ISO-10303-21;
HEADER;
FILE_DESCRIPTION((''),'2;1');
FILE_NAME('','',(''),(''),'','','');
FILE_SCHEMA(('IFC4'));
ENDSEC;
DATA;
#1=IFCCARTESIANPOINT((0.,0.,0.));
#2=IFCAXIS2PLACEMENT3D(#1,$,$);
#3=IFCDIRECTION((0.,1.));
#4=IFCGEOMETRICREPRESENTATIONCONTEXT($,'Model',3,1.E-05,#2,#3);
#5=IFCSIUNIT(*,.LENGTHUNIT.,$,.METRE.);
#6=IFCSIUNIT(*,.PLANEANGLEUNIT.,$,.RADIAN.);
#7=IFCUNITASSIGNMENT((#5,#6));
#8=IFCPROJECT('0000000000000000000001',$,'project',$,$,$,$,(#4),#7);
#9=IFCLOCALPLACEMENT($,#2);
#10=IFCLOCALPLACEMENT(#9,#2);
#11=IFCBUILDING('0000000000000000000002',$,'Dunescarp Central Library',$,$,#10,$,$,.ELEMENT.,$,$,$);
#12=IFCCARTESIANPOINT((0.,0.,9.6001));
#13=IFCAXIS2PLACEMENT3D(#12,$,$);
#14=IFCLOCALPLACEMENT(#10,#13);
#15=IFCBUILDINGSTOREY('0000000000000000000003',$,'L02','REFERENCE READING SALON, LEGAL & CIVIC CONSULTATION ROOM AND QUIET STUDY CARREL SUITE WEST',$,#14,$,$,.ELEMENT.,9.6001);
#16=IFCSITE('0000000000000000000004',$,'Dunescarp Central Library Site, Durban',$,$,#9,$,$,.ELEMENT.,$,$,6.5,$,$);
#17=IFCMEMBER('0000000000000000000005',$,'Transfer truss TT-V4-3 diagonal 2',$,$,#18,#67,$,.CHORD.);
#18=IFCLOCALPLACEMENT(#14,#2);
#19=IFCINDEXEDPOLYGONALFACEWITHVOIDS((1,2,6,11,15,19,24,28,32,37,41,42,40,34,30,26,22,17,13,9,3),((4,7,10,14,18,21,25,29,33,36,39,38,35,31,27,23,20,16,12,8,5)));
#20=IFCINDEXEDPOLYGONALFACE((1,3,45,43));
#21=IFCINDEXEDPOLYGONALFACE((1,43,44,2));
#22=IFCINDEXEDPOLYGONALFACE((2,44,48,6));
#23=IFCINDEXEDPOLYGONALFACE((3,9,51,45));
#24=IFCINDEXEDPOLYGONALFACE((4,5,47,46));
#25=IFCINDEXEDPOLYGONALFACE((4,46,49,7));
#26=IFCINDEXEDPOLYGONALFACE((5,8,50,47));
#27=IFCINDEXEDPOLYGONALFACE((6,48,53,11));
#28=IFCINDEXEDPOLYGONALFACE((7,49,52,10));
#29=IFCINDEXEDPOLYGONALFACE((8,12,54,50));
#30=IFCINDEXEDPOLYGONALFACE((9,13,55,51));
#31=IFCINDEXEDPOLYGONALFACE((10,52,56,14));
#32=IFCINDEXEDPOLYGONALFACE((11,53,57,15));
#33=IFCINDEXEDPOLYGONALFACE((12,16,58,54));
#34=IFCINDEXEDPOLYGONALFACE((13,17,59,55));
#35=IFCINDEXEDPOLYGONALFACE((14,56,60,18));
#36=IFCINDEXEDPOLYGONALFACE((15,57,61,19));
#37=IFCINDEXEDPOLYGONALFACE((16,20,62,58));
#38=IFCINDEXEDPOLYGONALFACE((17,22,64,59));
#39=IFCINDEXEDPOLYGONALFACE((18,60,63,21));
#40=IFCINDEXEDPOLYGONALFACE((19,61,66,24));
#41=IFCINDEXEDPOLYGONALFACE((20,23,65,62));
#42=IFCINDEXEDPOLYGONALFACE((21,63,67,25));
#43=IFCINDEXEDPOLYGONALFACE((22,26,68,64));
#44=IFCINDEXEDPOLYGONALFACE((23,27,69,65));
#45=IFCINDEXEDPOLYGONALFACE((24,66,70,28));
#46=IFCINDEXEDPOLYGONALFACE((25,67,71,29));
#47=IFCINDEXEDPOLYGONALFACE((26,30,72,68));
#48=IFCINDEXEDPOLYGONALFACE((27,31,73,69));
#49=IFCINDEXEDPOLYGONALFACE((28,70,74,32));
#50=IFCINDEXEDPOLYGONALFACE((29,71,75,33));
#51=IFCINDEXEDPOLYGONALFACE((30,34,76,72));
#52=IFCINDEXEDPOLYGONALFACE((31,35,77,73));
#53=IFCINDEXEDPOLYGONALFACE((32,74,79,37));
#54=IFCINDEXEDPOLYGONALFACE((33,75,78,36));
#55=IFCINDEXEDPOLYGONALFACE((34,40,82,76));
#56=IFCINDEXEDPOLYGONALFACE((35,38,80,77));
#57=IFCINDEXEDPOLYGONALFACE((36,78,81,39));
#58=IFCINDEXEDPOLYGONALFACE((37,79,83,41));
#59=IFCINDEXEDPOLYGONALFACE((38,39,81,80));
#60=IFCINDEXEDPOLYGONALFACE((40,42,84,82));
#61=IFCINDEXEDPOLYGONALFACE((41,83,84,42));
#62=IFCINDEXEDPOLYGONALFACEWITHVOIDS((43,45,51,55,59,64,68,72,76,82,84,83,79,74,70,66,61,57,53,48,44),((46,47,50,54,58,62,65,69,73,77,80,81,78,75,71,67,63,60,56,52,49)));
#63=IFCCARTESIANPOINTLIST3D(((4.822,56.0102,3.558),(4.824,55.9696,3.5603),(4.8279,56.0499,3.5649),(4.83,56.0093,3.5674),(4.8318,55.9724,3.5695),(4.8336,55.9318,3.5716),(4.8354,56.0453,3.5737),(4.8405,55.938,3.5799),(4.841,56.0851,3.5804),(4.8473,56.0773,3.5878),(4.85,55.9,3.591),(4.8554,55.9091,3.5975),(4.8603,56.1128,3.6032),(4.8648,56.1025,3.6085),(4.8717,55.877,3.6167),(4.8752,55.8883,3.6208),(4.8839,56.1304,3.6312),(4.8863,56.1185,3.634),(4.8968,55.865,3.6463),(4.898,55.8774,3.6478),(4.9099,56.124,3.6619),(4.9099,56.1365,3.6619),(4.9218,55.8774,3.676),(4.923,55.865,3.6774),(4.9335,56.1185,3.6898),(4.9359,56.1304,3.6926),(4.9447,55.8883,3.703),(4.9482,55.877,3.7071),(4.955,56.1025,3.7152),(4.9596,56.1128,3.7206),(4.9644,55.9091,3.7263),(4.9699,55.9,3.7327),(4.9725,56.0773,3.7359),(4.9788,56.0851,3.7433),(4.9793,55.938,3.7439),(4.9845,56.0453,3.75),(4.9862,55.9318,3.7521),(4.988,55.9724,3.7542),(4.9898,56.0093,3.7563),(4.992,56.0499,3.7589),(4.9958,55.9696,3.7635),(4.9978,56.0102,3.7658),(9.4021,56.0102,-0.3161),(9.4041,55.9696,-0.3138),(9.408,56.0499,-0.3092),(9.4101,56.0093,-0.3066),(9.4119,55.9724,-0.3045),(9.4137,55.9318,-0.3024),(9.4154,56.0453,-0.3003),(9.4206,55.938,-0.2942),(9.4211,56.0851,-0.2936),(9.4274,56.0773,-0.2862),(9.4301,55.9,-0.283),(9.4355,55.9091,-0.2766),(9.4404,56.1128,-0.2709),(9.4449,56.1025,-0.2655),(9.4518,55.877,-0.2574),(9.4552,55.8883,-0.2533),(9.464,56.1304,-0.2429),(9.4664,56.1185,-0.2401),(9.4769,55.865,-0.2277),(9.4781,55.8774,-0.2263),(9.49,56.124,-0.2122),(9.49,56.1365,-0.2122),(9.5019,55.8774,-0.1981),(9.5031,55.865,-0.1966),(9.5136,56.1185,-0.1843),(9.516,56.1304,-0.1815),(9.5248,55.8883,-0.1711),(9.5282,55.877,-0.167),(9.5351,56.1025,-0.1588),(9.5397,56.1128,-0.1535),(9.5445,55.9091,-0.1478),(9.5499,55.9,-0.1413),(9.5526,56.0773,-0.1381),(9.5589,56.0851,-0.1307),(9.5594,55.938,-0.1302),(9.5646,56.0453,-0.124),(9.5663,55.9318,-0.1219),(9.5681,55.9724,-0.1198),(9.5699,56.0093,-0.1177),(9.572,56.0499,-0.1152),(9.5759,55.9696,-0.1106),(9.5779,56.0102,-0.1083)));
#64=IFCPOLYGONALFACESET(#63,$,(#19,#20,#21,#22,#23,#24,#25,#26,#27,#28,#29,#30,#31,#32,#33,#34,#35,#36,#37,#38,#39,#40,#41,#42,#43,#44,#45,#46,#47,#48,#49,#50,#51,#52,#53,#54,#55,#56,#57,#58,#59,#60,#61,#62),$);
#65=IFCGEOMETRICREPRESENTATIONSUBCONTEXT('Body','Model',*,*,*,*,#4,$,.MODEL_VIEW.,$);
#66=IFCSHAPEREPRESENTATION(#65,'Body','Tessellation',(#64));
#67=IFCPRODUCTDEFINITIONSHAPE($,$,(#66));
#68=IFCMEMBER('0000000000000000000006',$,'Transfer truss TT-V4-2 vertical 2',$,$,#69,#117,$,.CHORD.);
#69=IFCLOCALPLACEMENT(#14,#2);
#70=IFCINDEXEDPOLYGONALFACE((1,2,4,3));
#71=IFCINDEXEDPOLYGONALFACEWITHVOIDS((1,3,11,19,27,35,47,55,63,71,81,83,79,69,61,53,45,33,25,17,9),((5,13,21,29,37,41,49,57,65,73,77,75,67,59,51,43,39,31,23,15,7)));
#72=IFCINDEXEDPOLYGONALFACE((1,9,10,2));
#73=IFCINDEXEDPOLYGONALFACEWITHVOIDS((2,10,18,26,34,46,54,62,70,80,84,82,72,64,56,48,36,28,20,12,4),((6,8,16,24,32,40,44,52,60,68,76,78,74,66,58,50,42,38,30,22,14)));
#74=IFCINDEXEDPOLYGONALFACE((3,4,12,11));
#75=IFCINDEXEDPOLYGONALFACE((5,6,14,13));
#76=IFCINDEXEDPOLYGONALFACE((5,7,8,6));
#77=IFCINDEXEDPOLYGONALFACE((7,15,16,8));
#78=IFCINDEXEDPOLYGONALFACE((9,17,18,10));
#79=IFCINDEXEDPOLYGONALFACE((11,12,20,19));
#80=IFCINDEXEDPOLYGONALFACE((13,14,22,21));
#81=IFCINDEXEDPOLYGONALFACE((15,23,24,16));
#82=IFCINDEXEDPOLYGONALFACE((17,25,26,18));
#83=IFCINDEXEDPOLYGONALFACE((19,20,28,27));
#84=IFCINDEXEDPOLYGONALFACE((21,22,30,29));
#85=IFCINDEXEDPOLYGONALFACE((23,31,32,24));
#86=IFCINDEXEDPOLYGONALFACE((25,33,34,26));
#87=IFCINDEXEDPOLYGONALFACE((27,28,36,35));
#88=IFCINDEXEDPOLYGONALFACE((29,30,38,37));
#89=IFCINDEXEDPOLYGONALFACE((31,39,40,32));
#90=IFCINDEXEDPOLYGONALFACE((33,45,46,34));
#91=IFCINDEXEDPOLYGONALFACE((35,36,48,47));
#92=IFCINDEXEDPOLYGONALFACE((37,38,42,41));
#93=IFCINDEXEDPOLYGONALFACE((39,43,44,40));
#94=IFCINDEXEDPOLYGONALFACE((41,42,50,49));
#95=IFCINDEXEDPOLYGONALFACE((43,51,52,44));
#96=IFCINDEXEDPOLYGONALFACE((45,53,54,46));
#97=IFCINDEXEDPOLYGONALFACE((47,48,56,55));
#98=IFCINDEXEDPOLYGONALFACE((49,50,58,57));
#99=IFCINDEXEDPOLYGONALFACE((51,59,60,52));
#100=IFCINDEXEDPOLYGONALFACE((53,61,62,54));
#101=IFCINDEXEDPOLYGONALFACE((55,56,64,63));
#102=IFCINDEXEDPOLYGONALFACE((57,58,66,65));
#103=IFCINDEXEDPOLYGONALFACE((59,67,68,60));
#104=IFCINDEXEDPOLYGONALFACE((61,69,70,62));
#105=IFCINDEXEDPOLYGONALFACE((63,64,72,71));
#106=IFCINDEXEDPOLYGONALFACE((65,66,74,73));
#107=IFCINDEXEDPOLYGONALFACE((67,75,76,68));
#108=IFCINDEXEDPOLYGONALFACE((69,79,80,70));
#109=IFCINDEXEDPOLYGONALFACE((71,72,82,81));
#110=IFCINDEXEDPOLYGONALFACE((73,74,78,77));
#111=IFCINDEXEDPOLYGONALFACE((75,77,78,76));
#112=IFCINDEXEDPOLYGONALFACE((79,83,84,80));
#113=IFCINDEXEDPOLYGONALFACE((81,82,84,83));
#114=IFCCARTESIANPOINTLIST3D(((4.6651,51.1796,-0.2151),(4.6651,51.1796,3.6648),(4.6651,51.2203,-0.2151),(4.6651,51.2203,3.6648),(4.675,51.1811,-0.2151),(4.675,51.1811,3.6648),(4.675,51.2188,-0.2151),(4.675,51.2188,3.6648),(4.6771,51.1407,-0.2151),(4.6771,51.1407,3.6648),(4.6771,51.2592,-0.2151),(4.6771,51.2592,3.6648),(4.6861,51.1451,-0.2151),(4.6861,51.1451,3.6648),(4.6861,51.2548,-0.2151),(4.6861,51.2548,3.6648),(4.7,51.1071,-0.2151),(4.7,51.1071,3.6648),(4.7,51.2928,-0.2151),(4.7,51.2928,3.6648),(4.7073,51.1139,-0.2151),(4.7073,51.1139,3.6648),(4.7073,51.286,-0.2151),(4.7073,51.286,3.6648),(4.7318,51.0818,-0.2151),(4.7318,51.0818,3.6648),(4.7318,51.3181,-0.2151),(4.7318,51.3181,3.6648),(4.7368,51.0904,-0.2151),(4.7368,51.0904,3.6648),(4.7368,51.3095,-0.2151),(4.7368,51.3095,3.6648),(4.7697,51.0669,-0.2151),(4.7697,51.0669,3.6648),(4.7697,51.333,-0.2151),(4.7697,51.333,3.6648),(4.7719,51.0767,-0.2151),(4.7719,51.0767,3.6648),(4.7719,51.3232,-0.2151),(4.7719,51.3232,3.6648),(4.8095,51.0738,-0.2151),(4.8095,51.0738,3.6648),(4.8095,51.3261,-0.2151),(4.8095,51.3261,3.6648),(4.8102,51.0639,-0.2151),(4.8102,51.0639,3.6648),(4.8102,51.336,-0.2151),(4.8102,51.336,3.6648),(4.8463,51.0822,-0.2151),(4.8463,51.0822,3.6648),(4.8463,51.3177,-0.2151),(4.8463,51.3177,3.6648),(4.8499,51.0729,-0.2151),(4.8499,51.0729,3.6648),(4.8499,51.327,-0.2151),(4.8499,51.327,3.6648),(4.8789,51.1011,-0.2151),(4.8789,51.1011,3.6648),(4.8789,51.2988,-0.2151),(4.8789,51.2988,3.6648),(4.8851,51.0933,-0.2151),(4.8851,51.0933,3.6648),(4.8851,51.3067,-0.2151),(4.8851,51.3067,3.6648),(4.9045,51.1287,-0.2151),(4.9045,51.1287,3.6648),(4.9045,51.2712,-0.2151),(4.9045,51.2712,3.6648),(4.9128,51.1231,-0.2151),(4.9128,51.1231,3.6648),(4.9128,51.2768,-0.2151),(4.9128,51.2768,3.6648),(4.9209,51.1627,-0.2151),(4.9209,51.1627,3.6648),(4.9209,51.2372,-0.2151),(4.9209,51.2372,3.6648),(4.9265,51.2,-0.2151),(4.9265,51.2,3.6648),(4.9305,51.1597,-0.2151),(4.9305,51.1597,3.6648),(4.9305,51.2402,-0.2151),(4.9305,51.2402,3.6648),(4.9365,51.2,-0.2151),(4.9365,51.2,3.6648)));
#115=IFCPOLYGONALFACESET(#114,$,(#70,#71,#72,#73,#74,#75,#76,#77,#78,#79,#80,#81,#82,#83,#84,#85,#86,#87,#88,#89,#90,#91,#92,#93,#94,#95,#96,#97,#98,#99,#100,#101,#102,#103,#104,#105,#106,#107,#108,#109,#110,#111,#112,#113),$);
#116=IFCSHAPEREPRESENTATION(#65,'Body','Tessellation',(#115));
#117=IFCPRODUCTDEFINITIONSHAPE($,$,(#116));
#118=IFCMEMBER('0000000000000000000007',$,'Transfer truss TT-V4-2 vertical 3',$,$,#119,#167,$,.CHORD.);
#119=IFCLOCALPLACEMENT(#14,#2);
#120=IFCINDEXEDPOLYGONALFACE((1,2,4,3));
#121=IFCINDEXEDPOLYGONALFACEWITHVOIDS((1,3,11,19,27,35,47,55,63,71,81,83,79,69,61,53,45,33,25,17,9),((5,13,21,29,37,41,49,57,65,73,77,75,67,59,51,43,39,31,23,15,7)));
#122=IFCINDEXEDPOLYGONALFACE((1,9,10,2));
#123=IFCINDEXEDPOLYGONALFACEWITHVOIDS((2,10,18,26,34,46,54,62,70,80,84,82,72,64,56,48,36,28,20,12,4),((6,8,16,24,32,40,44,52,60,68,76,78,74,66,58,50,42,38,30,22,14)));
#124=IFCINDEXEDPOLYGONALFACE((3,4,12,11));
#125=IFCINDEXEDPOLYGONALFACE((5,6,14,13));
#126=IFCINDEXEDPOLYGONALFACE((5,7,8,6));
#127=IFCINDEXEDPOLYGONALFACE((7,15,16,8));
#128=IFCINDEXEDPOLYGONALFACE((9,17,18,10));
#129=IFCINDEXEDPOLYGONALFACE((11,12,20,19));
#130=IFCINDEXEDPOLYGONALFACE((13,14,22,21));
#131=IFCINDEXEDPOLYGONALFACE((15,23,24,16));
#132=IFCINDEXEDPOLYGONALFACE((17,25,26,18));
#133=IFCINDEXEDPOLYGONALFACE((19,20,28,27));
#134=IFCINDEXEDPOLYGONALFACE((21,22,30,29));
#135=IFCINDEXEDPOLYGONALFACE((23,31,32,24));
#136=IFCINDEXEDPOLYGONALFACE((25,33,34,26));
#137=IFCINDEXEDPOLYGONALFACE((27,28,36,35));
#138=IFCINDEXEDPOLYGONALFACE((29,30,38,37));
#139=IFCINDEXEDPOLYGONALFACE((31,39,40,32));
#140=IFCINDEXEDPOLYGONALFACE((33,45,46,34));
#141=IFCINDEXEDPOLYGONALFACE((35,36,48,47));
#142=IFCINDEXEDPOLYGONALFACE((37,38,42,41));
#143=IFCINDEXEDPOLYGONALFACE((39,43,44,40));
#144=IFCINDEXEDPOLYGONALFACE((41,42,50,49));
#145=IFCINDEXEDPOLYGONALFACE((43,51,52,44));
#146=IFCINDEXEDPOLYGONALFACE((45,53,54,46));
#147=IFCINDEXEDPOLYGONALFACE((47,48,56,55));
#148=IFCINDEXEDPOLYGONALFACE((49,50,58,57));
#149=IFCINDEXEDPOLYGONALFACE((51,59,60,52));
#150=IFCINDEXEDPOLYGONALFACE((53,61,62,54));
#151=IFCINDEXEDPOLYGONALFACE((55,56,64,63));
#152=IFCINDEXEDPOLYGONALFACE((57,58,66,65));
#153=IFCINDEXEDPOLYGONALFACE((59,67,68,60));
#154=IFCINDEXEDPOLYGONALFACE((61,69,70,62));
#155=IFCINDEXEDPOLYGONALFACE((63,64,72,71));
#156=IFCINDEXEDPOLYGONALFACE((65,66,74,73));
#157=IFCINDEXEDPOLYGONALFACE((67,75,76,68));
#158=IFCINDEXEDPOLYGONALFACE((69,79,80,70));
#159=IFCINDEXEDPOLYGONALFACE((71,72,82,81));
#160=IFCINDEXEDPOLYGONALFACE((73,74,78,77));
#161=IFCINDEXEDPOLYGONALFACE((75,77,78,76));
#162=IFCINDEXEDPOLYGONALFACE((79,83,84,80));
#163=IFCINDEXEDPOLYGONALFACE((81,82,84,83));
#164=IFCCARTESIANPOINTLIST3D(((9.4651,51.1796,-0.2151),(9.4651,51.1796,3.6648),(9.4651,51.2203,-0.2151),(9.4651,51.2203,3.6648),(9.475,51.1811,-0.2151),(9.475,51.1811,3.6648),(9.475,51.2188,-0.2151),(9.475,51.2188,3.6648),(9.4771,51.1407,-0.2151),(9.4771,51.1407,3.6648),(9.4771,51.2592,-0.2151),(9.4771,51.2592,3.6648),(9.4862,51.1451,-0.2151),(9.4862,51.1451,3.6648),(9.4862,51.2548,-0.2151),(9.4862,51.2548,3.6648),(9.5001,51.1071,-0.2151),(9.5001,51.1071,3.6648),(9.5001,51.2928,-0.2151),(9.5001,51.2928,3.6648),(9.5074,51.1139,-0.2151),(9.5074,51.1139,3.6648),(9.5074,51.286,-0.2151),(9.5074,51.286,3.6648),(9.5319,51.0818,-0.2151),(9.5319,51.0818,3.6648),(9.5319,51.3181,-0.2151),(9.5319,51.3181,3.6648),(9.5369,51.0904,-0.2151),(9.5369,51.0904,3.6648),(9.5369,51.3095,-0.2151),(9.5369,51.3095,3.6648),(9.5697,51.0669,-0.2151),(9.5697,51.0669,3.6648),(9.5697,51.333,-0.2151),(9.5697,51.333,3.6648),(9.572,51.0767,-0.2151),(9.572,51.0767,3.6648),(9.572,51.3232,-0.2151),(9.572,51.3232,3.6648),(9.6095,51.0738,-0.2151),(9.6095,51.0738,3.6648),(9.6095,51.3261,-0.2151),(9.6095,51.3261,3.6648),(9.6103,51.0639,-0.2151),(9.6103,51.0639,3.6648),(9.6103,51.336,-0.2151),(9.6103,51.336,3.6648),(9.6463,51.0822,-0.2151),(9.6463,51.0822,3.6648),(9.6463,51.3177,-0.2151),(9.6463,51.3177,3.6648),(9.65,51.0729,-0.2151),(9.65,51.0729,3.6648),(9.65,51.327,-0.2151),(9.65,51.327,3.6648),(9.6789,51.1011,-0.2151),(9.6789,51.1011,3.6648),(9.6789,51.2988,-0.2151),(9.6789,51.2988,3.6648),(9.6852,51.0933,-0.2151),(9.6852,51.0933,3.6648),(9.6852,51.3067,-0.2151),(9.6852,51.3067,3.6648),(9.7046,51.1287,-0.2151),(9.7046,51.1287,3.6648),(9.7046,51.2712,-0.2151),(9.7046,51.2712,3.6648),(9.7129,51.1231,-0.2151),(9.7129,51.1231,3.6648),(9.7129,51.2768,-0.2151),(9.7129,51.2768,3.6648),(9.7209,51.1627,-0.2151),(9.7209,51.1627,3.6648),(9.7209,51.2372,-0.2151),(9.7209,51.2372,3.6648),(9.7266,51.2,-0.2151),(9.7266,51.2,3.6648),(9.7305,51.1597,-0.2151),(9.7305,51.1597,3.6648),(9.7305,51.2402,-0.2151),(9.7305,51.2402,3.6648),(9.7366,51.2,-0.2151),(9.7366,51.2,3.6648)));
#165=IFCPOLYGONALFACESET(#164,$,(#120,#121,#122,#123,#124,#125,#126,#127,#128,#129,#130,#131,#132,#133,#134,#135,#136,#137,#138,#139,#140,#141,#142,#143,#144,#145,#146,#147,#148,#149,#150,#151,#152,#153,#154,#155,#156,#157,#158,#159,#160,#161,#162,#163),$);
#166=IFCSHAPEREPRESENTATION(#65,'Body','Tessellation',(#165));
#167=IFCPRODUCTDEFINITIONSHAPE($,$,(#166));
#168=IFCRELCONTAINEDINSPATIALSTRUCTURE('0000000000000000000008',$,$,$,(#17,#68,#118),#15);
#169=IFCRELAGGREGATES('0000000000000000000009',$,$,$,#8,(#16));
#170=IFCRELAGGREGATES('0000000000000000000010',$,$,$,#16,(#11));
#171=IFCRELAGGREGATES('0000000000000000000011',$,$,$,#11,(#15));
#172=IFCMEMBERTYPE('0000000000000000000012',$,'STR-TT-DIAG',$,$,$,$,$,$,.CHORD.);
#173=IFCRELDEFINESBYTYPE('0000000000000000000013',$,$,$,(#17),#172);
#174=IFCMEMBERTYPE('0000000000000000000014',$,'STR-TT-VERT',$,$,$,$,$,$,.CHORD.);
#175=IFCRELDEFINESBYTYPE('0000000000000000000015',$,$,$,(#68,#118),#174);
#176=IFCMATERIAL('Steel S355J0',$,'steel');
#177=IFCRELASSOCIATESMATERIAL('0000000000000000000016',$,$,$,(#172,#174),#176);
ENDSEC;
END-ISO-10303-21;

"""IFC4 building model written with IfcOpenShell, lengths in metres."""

from ifc_helpers import new_model, si_unit, direction, frame, origin, origin_2d, place, context, subcontext, project, spatial, hollow_circle, extrude, material, material_profile, profile_set, type_object, element, save


model = new_model("IFC4")

# Units and contexts
model_context = context("Model", 3, precision=1e-05, world=origin(), true_north=direction((0.0, 1.0)))
body_context = subcontext(model_context, "Body", "Model", "MODEL_VIEW")
ifc_project = project(units=[si_unit("LENGTHUNIT", "METRE"), si_unit("PLANEANGLEUNIT", "RADIAN")], contexts=[model_context])

# Site, building, storey
site_placement = place(None, origin())
site = spatial("IfcSite", under=ifc_project, at=site_placement, Name="Dunescarp Central Library Site, Durban", CompositionType="ELEMENT", RefElevation=6.5)
building_placement = place(site_placement, origin())
building = spatial("IfcBuilding", under=site, at=building_placement, Name="Dunescarp Central Library", CompositionType="ELEMENT")
storey_placement = place(building_placement, frame((0.0, 0.0, 9.6001)))
storey = spatial("IfcBuildingStorey", under=building, at=storey_placement, Name="L02", Description="REFERENCE READING SALON, LEGAL & CIVIC CONSULTATION ROOM AND QUIET STUDY CARREL SUITE WEST", CompositionType="ELEMENT", Elevation=9.6001)

# Members
ifc_material_1 = material(Name="Steel S355J0", Category="steel")
ifc_material_profile_1 = material_profile(ifc_material_1, hollow_circle(Radius=0.1365, WallThickness=0.0125, at=origin_2d()), Name="CHS 273x12.5")
ifc_profile_set_1 = profile_set([ifc_material_profile_1], Name="Steel S355J0")
member_type_1 = type_object("IfcMemberType", Name="STR-TT-DIAG", PredefinedType="CHORD", material=ifc_profile_set_1)
for number, where, z_axis, x_axis, name in (
    (1, (4.9099, 56.0, 3.6619), (0.763504, 0.0, -0.645804), (0.0, 1.0, 0.0), "Transfer truss TT-V4-3 diagonal 2"),
):
    element("IfcMember", number, at=place(storey_placement, frame(where, z_axis=z_axis, x_axis=x_axis)), inside=storey, type_object=member_type_1, Name=name, PredefinedType="CHORD", context=body_context, shape_type="SweptSolid", body=[
        extrude(hollow_circle(Radius=0.1365, WallThickness=0.0125, at=origin_2d()), origin(), (0.0, 0.0, 1.0), 5.9988),
    ])
ifc_material_profile_2 = material_profile(ifc_material_1, hollow_circle(Radius=0.1365, WallThickness=0.01, at=origin_2d()), Name="CHS 273x10")
ifc_profile_set_2 = profile_set([ifc_material_profile_2], Name="Steel S355J0")
member_type_2 = type_object("IfcMemberType", Name="STR-TT-VERT", PredefinedType="CHORD", material=ifc_profile_set_2)
for number, where, z_axis, x_axis, name in (
    (2, (4.8, 51.2, -0.2151), (0.0, 0.0, 1.0), (1.0, 0.0, 0.0), "Transfer truss TT-V4-2 vertical 2"),
    (3, (9.6001, 51.2, -0.2151), (0.0, 0.0, 1.0), (1.0, 0.0, 0.0), "Transfer truss TT-V4-2 vertical 3"),
):
    element("IfcMember", number, at=place(storey_placement, frame(where, z_axis=z_axis, x_axis=x_axis)), inside=storey, type_object=member_type_2, Name=name, PredefinedType="CHORD", context=body_context, shape_type="SweptSolid", body=[
        extrude(hollow_circle(Radius=0.1365, WallThickness=0.01, at=origin_2d()), origin(), (0.0, 0.0, 1.0), 3.8799),
    ])

save(model, "model.ifc")
